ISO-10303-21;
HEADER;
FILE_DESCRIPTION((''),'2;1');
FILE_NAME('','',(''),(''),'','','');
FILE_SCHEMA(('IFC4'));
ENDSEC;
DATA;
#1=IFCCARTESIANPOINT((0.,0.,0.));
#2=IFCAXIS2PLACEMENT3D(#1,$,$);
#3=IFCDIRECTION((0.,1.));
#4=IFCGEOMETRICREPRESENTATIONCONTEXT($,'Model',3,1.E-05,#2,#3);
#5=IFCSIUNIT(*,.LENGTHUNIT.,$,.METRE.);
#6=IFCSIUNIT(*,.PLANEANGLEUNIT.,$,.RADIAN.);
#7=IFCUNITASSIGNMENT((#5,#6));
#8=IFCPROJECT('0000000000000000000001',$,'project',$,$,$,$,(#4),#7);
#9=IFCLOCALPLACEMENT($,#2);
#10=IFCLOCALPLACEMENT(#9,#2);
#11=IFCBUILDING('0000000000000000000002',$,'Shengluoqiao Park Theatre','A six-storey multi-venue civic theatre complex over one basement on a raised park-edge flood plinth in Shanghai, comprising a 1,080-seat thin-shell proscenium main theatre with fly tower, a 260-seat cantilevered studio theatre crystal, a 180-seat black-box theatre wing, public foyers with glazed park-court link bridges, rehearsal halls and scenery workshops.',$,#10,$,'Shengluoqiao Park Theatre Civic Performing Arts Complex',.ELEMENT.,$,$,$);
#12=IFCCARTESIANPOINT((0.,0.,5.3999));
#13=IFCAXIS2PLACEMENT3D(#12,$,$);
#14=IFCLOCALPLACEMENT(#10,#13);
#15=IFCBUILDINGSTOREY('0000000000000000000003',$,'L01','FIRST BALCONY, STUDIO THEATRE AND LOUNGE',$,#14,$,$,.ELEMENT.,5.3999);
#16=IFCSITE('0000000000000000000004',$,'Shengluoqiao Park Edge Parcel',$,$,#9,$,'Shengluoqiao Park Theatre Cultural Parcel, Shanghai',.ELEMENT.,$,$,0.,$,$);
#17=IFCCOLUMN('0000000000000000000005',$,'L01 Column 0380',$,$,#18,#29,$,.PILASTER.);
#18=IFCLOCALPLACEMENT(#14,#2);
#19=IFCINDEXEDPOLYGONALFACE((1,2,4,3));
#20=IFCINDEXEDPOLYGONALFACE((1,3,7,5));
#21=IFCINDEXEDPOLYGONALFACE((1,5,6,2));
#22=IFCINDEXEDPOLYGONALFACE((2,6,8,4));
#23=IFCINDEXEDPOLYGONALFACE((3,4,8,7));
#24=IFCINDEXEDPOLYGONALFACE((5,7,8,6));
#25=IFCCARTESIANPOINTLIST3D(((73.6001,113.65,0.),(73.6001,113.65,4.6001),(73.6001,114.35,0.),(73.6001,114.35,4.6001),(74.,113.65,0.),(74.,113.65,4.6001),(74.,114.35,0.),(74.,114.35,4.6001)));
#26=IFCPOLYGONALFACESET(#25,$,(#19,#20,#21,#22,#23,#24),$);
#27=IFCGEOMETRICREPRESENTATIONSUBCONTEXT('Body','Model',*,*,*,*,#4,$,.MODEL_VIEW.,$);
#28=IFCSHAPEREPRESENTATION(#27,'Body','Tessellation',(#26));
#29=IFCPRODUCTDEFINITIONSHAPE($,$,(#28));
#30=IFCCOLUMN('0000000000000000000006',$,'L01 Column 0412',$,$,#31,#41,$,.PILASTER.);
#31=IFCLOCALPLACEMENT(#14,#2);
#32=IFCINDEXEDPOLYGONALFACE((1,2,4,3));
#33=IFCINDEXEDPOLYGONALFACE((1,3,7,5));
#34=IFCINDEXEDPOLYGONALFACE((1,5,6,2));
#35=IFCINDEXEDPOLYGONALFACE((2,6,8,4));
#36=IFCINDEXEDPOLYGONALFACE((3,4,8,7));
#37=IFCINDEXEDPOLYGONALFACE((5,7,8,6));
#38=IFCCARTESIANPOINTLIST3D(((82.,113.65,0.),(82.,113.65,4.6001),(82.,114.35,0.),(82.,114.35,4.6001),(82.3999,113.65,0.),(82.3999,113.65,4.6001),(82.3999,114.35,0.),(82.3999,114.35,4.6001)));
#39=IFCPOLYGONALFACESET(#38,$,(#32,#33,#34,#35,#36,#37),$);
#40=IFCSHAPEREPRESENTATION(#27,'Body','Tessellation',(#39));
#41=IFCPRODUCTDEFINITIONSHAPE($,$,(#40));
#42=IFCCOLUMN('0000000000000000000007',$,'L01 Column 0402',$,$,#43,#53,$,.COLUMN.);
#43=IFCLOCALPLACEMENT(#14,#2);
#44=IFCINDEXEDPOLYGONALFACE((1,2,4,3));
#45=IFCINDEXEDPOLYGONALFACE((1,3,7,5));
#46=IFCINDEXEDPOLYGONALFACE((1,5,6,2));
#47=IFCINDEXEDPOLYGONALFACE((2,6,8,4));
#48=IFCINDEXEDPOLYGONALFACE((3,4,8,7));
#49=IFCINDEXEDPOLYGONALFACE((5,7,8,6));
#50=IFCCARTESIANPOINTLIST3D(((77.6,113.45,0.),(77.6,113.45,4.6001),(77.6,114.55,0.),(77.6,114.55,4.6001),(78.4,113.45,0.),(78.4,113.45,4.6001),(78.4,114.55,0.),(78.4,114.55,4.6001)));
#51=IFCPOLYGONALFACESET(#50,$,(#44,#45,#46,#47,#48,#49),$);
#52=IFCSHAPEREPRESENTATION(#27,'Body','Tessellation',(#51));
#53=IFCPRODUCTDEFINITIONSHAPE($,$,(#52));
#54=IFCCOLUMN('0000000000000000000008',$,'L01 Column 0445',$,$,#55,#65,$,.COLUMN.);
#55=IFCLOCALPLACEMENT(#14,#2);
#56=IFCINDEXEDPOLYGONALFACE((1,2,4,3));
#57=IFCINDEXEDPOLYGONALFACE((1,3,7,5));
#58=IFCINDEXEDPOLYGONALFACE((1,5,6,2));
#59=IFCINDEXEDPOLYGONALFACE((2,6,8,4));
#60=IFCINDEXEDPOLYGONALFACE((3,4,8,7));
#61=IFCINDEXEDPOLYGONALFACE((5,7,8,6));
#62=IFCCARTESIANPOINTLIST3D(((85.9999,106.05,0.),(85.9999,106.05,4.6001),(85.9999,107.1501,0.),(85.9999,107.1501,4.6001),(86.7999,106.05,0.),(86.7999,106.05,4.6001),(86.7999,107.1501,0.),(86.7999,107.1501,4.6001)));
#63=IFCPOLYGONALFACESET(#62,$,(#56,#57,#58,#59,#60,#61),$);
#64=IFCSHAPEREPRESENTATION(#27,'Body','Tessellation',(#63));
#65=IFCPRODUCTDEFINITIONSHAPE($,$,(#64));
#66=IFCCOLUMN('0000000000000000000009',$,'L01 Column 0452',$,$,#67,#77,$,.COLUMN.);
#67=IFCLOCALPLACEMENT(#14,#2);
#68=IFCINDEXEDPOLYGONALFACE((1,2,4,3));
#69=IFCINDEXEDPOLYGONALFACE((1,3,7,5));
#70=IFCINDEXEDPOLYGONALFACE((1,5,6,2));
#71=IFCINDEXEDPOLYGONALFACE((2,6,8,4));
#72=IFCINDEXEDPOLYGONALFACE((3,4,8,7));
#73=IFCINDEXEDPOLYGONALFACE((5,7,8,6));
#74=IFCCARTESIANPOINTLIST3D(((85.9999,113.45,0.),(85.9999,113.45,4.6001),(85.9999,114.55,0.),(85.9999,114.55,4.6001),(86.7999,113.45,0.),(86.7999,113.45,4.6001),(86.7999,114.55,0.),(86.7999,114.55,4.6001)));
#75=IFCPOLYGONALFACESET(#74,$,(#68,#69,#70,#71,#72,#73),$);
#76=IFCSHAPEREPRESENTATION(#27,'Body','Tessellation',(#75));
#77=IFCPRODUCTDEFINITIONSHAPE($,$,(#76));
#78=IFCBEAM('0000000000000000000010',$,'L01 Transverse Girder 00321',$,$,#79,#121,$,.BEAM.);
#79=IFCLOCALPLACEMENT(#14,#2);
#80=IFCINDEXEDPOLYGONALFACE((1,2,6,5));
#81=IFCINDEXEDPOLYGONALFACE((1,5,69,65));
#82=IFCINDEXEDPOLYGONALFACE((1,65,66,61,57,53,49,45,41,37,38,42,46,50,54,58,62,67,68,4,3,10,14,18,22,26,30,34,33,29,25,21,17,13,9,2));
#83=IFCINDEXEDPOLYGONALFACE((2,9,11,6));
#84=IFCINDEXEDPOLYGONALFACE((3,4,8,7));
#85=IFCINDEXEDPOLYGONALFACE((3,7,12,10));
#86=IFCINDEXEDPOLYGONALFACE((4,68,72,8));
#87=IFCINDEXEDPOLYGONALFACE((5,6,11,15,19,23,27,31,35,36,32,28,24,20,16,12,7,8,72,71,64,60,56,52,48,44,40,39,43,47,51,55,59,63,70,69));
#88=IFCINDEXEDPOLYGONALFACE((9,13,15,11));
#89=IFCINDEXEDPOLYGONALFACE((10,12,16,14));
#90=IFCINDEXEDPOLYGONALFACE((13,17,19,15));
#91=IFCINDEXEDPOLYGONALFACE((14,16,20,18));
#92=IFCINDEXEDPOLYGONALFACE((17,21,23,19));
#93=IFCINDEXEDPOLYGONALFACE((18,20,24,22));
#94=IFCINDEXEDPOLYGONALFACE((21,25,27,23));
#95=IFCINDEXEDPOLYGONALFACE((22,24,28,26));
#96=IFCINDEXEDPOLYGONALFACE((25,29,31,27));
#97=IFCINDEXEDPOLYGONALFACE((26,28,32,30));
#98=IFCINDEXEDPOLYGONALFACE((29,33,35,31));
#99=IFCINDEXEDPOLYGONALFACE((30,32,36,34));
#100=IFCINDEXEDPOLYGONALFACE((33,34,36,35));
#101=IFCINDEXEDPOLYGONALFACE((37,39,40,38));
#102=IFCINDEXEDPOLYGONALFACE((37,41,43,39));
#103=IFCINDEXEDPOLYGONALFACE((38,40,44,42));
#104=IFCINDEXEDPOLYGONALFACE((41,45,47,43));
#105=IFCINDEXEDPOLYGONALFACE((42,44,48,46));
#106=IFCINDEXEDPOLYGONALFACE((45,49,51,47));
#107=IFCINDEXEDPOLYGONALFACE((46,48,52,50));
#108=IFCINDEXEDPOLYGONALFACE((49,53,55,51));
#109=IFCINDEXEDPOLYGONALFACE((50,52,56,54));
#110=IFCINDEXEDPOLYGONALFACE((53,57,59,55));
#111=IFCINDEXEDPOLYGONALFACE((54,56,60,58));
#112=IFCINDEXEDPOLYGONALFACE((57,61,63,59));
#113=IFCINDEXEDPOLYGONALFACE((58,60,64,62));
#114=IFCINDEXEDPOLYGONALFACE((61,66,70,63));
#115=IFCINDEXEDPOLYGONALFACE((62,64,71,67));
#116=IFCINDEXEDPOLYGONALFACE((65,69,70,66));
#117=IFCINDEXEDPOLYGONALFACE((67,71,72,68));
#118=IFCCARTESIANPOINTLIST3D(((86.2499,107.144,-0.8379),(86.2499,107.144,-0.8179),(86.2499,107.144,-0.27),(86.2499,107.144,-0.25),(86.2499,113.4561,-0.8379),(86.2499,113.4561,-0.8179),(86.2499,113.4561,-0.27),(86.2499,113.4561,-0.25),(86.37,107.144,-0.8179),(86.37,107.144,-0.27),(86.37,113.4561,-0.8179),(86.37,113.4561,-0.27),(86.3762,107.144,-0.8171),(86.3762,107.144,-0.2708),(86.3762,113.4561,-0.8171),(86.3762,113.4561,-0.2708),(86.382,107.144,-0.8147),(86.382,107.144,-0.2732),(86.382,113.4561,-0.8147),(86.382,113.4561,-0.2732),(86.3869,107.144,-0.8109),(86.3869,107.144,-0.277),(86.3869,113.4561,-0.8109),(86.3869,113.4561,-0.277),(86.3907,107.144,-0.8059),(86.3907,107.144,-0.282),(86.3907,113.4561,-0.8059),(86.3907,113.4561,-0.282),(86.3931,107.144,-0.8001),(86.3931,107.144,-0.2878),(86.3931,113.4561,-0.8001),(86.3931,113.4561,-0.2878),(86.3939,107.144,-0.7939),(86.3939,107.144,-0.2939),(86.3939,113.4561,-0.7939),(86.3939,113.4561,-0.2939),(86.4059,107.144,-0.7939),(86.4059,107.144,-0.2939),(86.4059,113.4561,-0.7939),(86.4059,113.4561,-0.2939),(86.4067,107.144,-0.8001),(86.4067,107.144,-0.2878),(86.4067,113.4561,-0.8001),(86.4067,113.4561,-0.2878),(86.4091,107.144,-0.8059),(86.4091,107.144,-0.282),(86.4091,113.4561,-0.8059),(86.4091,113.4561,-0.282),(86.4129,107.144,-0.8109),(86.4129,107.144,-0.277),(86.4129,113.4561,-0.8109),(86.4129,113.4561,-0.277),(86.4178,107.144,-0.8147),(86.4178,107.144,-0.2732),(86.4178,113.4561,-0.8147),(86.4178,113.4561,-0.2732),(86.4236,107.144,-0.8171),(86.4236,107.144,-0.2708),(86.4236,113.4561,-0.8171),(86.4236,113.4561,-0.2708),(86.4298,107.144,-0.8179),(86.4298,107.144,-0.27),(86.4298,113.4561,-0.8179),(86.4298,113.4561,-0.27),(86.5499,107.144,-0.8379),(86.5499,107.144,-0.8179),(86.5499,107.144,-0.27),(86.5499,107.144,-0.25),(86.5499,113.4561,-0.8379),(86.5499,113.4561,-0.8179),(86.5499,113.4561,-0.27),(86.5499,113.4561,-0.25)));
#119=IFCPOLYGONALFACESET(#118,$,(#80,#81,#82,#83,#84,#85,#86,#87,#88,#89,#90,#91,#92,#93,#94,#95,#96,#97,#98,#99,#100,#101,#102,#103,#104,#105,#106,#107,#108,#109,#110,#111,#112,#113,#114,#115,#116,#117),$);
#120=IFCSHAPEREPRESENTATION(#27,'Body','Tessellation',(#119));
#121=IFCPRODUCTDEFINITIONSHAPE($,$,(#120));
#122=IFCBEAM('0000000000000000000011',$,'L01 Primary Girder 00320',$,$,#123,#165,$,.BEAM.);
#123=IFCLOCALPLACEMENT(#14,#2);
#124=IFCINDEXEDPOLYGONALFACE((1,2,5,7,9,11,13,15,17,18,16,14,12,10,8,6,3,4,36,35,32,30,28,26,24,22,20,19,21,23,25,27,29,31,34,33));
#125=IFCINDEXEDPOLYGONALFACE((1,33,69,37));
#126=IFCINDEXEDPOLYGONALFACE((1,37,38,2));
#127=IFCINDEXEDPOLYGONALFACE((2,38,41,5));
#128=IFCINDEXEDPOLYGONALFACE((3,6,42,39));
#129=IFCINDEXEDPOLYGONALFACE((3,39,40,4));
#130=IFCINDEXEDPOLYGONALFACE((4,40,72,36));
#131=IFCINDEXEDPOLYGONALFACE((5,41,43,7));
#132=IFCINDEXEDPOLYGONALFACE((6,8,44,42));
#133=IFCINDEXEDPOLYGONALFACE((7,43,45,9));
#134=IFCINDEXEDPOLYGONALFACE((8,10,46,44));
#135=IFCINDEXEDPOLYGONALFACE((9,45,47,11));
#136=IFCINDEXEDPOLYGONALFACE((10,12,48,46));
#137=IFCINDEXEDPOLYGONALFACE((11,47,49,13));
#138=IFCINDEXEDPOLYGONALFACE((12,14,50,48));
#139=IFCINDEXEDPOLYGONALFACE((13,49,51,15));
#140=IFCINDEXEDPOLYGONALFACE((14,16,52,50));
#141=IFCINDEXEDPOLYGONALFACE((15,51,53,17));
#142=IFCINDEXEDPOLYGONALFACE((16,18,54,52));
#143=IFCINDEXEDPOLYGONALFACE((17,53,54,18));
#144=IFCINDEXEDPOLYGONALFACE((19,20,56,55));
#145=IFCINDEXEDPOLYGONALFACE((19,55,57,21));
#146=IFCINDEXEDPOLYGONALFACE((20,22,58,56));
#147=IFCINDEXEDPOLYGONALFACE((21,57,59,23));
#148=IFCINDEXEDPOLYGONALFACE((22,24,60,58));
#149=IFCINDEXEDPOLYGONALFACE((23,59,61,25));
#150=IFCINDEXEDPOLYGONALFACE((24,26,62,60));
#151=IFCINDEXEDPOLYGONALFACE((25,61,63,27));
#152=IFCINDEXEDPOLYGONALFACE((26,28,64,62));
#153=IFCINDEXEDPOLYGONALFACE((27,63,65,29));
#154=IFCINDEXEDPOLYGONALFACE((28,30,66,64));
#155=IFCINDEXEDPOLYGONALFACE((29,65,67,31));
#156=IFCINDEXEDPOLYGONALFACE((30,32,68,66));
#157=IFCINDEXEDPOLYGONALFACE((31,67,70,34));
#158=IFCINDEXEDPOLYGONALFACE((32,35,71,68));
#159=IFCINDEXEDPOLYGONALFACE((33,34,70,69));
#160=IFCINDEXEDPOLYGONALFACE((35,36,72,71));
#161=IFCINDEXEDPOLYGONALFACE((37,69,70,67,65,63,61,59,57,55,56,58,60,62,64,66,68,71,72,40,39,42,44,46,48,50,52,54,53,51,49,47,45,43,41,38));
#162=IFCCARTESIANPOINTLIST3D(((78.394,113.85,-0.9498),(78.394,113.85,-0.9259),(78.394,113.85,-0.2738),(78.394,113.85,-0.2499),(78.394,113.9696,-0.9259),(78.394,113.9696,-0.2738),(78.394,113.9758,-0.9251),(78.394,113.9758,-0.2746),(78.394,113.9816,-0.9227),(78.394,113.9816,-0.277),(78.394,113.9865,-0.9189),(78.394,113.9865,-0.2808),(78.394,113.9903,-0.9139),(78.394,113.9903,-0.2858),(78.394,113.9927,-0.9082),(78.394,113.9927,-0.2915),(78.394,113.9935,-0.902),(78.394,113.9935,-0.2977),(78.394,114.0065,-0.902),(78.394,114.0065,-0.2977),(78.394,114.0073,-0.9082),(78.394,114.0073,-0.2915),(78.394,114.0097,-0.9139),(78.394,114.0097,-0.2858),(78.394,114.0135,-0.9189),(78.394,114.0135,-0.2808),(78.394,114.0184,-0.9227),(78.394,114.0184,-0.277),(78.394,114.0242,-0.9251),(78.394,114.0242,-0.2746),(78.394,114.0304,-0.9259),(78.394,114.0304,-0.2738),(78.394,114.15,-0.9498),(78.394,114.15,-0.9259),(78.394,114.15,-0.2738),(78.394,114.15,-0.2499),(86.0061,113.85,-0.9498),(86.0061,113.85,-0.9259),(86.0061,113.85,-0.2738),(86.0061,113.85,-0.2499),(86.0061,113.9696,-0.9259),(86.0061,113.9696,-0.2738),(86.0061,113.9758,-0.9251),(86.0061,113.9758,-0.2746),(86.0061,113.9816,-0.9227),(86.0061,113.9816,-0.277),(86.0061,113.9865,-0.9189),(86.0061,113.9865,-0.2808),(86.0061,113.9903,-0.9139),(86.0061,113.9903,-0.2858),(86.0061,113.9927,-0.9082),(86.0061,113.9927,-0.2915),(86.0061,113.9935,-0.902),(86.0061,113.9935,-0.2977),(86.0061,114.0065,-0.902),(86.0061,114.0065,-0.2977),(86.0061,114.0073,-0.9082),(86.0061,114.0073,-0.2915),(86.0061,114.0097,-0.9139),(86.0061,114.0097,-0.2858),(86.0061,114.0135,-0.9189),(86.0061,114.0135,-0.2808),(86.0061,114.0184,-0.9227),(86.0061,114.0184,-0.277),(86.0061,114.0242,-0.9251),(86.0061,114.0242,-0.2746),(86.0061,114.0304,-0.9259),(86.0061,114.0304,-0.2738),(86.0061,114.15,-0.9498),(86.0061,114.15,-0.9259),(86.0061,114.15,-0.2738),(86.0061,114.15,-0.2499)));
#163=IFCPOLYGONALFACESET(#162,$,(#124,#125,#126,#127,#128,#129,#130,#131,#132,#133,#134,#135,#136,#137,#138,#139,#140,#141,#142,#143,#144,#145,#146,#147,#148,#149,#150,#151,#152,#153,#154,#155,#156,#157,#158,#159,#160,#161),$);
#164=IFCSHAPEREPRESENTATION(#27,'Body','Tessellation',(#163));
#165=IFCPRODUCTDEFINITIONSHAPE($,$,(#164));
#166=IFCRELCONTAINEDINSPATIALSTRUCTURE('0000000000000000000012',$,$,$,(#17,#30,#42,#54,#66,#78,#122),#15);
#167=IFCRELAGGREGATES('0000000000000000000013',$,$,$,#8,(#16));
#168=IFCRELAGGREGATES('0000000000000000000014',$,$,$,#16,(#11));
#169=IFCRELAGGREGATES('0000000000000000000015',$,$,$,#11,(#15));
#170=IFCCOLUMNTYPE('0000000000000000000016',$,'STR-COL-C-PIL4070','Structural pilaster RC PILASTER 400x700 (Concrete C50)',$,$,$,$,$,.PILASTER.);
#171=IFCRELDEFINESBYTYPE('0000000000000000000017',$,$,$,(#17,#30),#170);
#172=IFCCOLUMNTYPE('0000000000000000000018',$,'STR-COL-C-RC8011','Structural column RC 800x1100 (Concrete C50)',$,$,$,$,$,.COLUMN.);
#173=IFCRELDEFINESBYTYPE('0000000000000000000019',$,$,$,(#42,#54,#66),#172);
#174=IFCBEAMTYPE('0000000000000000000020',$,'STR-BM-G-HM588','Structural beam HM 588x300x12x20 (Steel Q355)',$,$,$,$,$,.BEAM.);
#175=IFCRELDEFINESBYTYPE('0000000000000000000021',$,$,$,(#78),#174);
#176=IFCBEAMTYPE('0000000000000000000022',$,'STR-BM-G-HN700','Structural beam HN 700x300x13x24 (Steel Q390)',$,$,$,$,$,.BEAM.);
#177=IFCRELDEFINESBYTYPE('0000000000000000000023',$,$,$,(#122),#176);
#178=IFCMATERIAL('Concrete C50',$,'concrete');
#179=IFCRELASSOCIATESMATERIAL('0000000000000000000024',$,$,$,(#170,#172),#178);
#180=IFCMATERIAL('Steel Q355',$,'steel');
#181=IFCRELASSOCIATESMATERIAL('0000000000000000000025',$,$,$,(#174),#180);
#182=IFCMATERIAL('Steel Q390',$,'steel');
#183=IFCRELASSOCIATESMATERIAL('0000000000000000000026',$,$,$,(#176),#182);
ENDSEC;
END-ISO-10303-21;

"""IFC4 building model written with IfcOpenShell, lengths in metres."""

from ifc_helpers import new_model, si_unit, direction, frame, origin, origin_2d, place, context, subcontext, project, spatial, rectangle, i_section, extrude, material, material_profile, profile_set, type_object, element, save


model = new_model("IFC4")

# Units and contexts
model_context = context("Model", 3, precision=1e-05, world=origin(), true_north=direction((0.0, 1.0)))
body_context = subcontext(model_context, "Body", "Model", "MODEL_VIEW")
ifc_project = project(units=[si_unit("LENGTHUNIT", "METRE"), si_unit("PLANEANGLEUNIT", "RADIAN")], contexts=[model_context])

# Site, building, storey
site_placement = place(None, origin())
site = spatial("IfcSite", under=ifc_project, at=site_placement, Name="Shengluoqiao Park Edge Parcel", LongName="Shengluoqiao Park Theatre Cultural Parcel, Shanghai", CompositionType="ELEMENT", RefElevation=0.0)
building_placement = place(site_placement, origin())
building = spatial("IfcBuilding", under=site, at=building_placement, Name="Shengluoqiao Park Theatre", Description="A six-storey multi-venue civic theatre complex over one basement on a raised park-edge flood plinth in Shanghai, comprising a 1,080-seat thin-shell proscenium main theatre with fly tower, a 260-seat cantilevered studio theatre crystal, a 180-seat black-box theatre wing, public foyers with glazed park-court link bridges, rehearsal halls and scenery workshops.", LongName="Shengluoqiao Park Theatre Civic Performing Arts Complex", CompositionType="ELEMENT")
storey_placement = place(building_placement, frame((0.0, 0.0, 5.3999)))
storey = spatial("IfcBuildingStorey", under=building, at=storey_placement, Name="L01", Description="FIRST BALCONY, STUDIO THEATRE AND LOUNGE", CompositionType="ELEMENT", Elevation=5.3999)

# Columns
ifc_material_1 = material(Name="Concrete C50", Category="concrete")
ifc_material_profile_1 = material_profile(ifc_material_1, rectangle(XDim=0.3999, YDim=0.7, at=origin_2d()), Name="RC PILASTER 400x700")
ifc_profile_set_1 = profile_set([ifc_material_profile_1], Name="Concrete C50")
column_type_1 = type_object("IfcColumnType", Name="STR-COL-C-PIL4070", Description="Structural pilaster RC PILASTER 400x700 (Concrete C50)", PredefinedType="PILASTER", material=ifc_profile_set_1)
for number, where, z_axis, x_axis, name in (
    (1, (73.8, 114.0, 0.0), (0.0, 0.0, 1.0), (1.0, 0.0, 0.0), "L01 Column 0380"),
    (2, (82.2, 114.0, 0.0), (0.0, 0.0, 1.0), (1.0, 0.0, 0.0), "L01 Column 0412"),
):
    element("IfcColumn", number, at=place(storey_placement, frame(where, z_axis=z_axis, x_axis=x_axis)), inside=storey, type_object=column_type_1, Name=name, PredefinedType="PILASTER", context=body_context, shape_type="SweptSolid", body=[
        extrude(rectangle(XDim=0.3999, YDim=0.7, at=origin_2d()), origin(), (0.0, 0.0, 1.0), 4.6001),
    ])
ifc_material_profile_2 = material_profile(ifc_material_1, rectangle(XDim=0.8, YDim=1.1001, at=origin_2d()), Name="RC 800x1100")
ifc_profile_set_2 = profile_set([ifc_material_profile_2], Name="Concrete C50")
column_type_2 = type_object("IfcColumnType", Name="STR-COL-C-RC8011", Description="Structural column RC 800x1100 (Concrete C50)", PredefinedType="COLUMN", material=ifc_profile_set_2)
for number, where, z_axis, x_axis, name in (
    (3, (78.0, 114.0, 0.0), (0.0, 0.0, 1.0), (1.0, 0.0, 0.0), "L01 Column 0402"),
    (4, (86.3999, 106.6001, 0.0), (0.0, 0.0, 1.0), (1.0, 0.0, 0.0), "L01 Column 0445"),
    (5, (86.3999, 114.0, 0.0), (0.0, 0.0, 1.0), (1.0, 0.0, 0.0), "L01 Column 0452"),
):
    element("IfcColumn", number, at=place(storey_placement, frame(where, z_axis=z_axis, x_axis=x_axis)), inside=storey, type_object=column_type_2, Name=name, PredefinedType="COLUMN", context=body_context, shape_type="SweptSolid", body=[
        extrude(rectangle(XDim=0.8, YDim=1.1001, at=origin_2d()), origin(), (0.0, 0.0, 1.0), 4.6001),
    ])

# Beams
ifc_material_2 = material(Name="Steel Q355", Category="steel")
ifc_material_profile_3 = material_profile(ifc_material_2, i_section(OverallWidth=0.3, OverallDepth=0.5879, WebThickness=0.012, FlangeThickness=0.02, FilletRadius=0.0239, at=origin_2d()), Name="HM 588x300x12x20")
ifc_profile_set_3 = profile_set([ifc_material_profile_3], Name="Steel Q355")
beam_type_1 = type_object("IfcBeamType", Name="STR-BM-G-HM588", Description="Structural beam HM 588x300x12x20 (Steel Q355)", PredefinedType="BEAM", material=ifc_profile_set_3)
beam_1_placement = place(storey_placement, frame((86.3999, 107.144, -0.5439), z_axis=(0.0, 1.0, 0.0), x_axis=(-1.0, 0.0, 0.0)))
element("IfcBeam", 6, at=beam_1_placement, inside=storey, type_object=beam_type_1, Name="L01 Transverse Girder 00321", PredefinedType="BEAM", context=body_context, shape_type="SweptSolid", body=[
    extrude(i_section(OverallWidth=0.3, OverallDepth=0.5879, WebThickness=0.012, FlangeThickness=0.02, FilletRadius=0.0239, at=origin_2d()), origin(), (0.0, 0.0, 1.0), 6.312),
])
ifc_material_3 = material(Name="Steel Q390", Category="steel")
ifc_material_profile_4 = material_profile(ifc_material_3, i_section(OverallWidth=0.3, OverallDepth=0.7, WebThickness=0.0129, FlangeThickness=0.0239, FilletRadius=0.0239, at=origin_2d()), Name="HN 700x300x13x24")
ifc_profile_set_4 = profile_set([ifc_material_profile_4], Name="Steel Q390")
beam_type_2 = type_object("IfcBeamType", Name="STR-BM-G-HN700", Description="Structural beam HN 700x300x13x24 (Steel Q390)", PredefinedType="BEAM", material=ifc_profile_set_4)
beam_2_placement = place(storey_placement, frame((78.394, 114.0, -0.5999), z_axis=(1.0, 0.0, 0.0), x_axis=(0.0, 1.0, 0.0)))
element("IfcBeam", 7, at=beam_2_placement, inside=storey, type_object=beam_type_2, Name="L01 Primary Girder 00320", PredefinedType="BEAM", context=body_context, shape_type="SweptSolid", body=[
    extrude(i_section(OverallWidth=0.3, OverallDepth=0.7, WebThickness=0.0129, FlangeThickness=0.0239, FilletRadius=0.0239, at=origin_2d()), origin(), (0.0, 0.0, 1.0), 7.6121),
])

save(model, "model.ifc")
